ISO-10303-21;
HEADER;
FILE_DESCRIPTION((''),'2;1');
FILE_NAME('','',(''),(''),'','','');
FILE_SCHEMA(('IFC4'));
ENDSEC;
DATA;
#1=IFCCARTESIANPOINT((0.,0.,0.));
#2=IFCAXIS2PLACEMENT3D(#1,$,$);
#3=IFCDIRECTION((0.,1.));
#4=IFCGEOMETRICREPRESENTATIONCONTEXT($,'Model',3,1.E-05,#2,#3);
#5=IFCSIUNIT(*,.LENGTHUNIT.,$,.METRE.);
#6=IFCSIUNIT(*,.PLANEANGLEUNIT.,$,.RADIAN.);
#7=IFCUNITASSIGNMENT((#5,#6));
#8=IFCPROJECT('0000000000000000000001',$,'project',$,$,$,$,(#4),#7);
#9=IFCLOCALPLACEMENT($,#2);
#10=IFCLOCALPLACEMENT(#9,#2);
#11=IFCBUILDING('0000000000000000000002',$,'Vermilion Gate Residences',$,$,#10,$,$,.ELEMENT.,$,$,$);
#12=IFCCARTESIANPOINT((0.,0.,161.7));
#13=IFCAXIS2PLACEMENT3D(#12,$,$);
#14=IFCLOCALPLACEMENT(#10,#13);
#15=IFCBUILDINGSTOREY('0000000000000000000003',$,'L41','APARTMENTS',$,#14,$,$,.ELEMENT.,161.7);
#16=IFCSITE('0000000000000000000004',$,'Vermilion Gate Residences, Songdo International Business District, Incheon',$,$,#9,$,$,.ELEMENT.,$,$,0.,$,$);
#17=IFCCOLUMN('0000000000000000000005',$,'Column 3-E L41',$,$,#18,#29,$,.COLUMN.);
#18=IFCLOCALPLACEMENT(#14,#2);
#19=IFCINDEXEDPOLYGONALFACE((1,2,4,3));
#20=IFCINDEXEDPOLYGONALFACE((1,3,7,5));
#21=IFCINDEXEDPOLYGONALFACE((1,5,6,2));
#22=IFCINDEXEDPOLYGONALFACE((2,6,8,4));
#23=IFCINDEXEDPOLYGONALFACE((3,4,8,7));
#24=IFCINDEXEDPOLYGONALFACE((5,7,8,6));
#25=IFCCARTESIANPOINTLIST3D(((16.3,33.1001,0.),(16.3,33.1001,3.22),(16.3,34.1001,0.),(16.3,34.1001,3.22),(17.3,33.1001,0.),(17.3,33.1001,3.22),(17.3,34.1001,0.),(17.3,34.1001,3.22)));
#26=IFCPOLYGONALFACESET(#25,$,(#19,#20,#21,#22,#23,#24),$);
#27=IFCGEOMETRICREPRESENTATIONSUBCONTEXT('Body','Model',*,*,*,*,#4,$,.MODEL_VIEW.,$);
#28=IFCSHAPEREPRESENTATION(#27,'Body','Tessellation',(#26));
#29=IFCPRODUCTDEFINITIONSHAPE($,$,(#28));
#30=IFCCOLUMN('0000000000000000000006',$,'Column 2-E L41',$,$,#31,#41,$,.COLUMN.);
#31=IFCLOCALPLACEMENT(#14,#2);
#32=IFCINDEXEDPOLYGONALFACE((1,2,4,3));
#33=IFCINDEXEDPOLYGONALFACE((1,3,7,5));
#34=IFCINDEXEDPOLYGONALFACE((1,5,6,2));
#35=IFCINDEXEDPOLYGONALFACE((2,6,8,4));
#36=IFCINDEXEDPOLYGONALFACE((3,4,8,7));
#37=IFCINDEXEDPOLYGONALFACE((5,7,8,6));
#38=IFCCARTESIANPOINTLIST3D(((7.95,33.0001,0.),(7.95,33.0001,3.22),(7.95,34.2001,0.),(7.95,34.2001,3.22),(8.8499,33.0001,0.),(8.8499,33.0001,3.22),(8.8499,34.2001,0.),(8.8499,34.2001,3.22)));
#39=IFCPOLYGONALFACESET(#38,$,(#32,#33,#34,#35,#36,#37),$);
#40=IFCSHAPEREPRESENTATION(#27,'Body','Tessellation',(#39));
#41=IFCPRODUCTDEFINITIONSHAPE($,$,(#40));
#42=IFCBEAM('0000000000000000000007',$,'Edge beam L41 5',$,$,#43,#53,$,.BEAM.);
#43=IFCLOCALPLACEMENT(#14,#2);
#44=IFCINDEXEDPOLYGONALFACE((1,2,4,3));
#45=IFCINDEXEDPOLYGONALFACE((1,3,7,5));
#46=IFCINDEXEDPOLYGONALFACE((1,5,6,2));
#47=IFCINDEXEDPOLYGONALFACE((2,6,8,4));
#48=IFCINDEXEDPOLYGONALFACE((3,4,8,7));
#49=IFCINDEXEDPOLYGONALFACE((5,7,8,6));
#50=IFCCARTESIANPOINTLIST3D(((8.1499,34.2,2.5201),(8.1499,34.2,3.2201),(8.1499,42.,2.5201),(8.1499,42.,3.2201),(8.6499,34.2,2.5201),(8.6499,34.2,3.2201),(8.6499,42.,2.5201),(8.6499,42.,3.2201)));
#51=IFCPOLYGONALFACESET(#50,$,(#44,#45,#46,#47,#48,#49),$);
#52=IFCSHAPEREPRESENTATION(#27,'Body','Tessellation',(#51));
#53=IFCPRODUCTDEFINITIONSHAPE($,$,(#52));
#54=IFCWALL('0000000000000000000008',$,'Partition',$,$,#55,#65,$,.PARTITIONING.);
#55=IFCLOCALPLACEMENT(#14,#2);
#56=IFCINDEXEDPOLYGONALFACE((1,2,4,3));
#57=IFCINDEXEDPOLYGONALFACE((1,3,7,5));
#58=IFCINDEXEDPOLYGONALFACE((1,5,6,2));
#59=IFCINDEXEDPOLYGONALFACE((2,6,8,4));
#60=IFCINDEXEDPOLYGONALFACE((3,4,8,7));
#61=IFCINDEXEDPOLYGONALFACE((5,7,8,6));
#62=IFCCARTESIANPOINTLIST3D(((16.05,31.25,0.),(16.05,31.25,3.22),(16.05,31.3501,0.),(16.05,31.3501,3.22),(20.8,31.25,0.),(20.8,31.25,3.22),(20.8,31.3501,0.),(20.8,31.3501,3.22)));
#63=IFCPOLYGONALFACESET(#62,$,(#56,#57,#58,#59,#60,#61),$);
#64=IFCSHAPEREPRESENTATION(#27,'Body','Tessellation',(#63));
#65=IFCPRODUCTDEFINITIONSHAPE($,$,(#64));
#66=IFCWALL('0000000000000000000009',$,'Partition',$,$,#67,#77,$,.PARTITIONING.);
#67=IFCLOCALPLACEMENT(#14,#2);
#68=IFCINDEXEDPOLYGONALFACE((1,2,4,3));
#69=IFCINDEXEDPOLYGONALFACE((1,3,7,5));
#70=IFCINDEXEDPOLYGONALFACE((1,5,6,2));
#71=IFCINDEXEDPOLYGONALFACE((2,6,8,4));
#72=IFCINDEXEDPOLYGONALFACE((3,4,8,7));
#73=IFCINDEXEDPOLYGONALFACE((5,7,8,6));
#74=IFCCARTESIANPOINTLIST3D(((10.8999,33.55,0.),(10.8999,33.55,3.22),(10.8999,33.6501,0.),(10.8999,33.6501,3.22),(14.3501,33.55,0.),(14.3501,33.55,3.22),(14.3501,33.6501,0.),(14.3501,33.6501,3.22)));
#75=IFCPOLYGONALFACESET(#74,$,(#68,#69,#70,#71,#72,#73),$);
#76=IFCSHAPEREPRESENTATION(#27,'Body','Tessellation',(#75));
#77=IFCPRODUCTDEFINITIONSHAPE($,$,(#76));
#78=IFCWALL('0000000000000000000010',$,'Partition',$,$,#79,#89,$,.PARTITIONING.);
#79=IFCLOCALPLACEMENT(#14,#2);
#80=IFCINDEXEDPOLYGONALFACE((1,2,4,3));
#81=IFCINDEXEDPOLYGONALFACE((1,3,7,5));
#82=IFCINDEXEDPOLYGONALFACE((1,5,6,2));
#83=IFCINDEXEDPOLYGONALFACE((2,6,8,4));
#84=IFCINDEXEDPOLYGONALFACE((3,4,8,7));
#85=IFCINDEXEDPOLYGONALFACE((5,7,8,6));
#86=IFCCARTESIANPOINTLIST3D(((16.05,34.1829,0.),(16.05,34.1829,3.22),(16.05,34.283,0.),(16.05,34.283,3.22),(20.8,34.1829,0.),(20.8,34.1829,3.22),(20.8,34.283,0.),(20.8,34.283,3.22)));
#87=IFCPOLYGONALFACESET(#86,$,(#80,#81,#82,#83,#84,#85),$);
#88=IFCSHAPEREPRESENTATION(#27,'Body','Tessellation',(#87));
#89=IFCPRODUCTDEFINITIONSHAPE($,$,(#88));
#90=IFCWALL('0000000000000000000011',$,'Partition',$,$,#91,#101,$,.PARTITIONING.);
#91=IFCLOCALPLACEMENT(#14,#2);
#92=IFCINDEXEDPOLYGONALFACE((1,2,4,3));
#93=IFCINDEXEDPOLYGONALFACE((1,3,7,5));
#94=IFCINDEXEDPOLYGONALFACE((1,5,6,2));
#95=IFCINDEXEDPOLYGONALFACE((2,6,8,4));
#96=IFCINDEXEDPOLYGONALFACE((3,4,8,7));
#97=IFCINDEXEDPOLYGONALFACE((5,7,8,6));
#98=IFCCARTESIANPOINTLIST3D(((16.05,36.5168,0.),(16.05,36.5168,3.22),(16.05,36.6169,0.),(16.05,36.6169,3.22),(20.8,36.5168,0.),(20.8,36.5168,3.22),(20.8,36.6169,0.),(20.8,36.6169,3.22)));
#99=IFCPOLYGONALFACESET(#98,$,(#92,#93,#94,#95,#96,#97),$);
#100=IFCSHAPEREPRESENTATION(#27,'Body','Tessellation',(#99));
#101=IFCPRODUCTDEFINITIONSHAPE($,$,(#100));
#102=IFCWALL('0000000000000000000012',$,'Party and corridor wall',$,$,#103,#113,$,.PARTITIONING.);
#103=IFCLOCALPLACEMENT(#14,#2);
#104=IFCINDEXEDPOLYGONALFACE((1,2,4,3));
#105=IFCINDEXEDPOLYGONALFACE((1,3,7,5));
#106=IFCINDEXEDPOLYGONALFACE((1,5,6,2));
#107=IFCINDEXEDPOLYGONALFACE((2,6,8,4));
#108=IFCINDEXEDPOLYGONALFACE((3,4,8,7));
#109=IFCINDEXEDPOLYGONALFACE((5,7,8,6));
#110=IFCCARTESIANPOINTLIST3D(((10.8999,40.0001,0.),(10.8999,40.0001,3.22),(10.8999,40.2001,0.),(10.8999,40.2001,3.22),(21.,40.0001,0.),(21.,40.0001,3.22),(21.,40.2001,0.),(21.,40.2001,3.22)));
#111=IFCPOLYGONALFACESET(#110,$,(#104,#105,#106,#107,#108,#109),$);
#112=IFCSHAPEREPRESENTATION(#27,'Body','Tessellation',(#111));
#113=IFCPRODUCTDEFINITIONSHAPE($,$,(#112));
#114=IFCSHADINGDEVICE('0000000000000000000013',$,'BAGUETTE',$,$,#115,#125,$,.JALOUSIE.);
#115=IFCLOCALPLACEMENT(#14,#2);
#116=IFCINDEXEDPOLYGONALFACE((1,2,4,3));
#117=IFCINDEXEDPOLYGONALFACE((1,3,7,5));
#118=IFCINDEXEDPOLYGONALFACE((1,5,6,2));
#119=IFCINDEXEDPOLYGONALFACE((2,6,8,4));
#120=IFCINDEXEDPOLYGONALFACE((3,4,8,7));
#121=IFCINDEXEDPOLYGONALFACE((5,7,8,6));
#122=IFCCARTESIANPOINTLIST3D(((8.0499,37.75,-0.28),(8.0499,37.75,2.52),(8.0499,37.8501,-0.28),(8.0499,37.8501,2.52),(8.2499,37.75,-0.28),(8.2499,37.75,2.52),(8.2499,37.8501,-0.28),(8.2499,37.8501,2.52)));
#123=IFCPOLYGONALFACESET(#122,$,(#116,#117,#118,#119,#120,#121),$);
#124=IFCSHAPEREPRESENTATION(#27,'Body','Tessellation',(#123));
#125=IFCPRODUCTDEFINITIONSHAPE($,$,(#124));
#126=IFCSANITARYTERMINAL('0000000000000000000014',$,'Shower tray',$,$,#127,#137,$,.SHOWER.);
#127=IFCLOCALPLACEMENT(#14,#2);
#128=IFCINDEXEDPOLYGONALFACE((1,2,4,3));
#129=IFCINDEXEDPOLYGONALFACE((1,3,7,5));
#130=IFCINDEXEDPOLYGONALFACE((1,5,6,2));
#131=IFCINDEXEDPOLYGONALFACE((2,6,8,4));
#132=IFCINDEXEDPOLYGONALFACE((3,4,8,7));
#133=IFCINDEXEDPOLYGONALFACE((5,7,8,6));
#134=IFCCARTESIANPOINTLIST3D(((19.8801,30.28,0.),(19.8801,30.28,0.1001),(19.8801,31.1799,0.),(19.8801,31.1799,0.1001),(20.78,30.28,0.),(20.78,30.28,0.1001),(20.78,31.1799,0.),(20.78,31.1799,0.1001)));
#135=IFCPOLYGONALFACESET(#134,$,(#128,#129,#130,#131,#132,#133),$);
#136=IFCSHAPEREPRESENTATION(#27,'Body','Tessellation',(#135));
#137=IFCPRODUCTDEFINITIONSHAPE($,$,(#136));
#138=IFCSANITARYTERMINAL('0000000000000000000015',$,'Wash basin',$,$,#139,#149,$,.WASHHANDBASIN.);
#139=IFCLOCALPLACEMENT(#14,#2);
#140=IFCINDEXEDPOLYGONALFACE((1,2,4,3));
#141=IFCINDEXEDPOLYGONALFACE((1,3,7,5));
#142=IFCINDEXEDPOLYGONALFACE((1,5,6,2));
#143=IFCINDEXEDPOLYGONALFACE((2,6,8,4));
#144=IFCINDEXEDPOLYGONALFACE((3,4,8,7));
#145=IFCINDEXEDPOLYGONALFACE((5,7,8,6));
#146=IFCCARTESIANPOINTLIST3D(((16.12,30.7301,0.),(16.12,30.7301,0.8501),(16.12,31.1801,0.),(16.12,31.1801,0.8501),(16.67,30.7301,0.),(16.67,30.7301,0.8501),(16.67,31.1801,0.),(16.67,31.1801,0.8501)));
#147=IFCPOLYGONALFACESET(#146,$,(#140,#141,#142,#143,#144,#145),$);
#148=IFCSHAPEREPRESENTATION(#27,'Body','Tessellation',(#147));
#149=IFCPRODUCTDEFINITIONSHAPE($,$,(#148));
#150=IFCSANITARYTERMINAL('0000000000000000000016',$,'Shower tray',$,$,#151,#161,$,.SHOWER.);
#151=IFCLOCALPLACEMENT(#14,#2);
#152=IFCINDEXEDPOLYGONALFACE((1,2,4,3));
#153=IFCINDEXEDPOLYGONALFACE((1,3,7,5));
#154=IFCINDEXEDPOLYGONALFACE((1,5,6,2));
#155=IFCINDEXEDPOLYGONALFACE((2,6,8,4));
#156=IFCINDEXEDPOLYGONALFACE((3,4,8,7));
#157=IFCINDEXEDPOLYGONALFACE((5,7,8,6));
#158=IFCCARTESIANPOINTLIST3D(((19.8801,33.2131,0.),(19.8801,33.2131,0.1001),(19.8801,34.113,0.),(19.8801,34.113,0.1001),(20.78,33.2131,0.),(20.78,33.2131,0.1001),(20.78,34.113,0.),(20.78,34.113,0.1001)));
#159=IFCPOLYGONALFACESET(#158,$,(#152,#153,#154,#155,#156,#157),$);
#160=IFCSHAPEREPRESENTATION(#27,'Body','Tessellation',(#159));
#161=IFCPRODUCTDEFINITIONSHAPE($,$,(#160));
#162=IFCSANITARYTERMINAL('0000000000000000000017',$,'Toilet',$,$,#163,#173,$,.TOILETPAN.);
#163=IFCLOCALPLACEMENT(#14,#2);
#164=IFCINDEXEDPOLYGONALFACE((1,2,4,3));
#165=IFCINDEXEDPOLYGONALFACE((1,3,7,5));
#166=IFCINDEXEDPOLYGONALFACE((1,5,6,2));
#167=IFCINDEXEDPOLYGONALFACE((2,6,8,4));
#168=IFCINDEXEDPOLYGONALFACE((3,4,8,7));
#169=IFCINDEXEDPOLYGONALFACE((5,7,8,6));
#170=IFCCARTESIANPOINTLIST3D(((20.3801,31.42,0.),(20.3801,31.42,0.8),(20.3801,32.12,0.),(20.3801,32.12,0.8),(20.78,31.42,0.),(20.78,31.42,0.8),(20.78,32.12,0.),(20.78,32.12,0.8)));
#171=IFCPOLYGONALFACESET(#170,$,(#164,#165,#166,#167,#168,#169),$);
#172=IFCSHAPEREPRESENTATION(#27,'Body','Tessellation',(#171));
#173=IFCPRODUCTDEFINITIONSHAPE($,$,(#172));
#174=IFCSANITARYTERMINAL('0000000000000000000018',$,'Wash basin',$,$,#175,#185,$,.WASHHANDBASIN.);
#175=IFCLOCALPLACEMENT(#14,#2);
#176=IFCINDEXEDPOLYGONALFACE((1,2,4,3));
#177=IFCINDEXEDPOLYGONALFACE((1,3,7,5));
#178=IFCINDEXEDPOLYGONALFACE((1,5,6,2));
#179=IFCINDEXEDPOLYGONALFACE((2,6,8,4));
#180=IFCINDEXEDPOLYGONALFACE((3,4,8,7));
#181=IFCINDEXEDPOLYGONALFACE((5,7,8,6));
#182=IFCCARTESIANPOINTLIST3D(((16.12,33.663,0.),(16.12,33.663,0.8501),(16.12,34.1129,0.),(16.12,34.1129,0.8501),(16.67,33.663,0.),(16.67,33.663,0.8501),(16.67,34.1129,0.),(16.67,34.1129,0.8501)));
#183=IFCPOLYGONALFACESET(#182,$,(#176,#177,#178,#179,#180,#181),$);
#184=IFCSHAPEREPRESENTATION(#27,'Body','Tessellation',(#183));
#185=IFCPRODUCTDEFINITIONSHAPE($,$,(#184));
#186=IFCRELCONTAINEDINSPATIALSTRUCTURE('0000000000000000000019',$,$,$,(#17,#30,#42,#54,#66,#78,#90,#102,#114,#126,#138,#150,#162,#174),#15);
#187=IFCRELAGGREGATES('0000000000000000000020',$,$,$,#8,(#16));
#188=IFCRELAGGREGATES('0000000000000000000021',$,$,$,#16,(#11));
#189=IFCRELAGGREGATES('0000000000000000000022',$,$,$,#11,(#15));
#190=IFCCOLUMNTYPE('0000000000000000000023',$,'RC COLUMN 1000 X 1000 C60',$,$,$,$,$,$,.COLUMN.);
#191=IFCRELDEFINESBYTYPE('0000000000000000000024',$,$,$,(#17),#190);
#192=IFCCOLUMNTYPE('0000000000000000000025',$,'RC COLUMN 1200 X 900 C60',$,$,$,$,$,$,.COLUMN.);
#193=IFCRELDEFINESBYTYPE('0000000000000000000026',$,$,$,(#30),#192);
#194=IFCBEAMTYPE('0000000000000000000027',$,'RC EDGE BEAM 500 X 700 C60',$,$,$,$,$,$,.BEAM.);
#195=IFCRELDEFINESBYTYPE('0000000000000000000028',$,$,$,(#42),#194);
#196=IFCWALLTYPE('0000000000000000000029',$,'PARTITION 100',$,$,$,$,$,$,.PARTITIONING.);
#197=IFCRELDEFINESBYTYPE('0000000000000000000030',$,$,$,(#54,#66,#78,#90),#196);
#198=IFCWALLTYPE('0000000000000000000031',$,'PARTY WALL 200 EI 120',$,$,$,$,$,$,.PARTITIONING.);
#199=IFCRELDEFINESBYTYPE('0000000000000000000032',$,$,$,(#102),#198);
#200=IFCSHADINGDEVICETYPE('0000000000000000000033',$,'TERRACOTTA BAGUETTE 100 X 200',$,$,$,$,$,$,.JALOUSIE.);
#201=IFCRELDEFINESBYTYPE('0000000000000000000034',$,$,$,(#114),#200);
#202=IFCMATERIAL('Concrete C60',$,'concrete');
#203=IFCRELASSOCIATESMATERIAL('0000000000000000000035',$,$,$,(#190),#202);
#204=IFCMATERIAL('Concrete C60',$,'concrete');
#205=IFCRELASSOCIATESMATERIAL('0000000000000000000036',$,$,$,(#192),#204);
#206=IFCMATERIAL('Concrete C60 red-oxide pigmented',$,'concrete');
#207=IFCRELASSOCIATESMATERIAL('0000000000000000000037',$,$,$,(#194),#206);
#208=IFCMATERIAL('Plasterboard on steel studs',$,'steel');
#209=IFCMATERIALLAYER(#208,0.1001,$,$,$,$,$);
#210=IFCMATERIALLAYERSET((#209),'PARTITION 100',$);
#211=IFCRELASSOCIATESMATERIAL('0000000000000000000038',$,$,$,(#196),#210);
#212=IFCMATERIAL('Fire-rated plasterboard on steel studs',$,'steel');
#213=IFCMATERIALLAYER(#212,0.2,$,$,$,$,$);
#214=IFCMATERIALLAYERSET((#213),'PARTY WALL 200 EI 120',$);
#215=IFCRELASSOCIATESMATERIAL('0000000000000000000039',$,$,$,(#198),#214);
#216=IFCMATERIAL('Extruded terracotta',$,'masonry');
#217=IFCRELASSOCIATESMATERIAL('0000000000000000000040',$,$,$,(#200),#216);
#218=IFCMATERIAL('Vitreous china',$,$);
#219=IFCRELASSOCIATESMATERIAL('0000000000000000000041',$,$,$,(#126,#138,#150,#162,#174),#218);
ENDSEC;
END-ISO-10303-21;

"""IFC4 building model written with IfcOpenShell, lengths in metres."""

from ifc_helpers import new_model, si_unit, direction, frame, frame_2d, origin, origin_2d, place, context, subcontext, project, spatial, rectangle, extrude, material, layer, layer_set, material_profile, profile_set, type_object, element, save


model = new_model("IFC4")

# Units and contexts
model_context = context("Model", 3, precision=1e-05, world=origin(), true_north=direction((0.0, 1.0)))
body_context = subcontext(model_context, "Body", "Model", "MODEL_VIEW")
ifc_project = project(units=[si_unit("LENGTHUNIT", "METRE"), si_unit("PLANEANGLEUNIT", "RADIAN")], contexts=[model_context])

# Site, building, storey
site_placement = place(None, origin())
site = spatial("IfcSite", under=ifc_project, at=site_placement, Name="Vermilion Gate Residences, Songdo International Business District, Incheon", CompositionType="ELEMENT", RefElevation=0.0)
building_placement = place(site_placement, origin())
building = spatial("IfcBuilding", under=site, at=building_placement, Name="Vermilion Gate Residences", CompositionType="ELEMENT")
storey_placement = place(building_placement, frame((0.0, 0.0, 161.7)))
storey = spatial("IfcBuildingStorey", under=building, at=storey_placement, Name="L41", Description="APARTMENTS", CompositionType="ELEMENT", Elevation=161.7)

# Columns
ifc_material_1 = material(Name="Concrete C60", Category="concrete")
ifc_material_profile_1 = material_profile(ifc_material_1, rectangle(XDim=1.0, YDim=1.0, at=origin_2d()), Name="RC-1000x1000")
ifc_profile_set_1 = profile_set([ifc_material_profile_1], Name="Concrete C60")
column_type_1 = type_object("IfcColumnType", Name="RC COLUMN 1000 X 1000 C60", PredefinedType="COLUMN", material=ifc_profile_set_1)
column_1_placement = place(storey_placement, frame((16.8, 33.6001, 0.0), z_axis=(0.0, 0.0, 1.0), x_axis=(1.0, 0.0, 0.0)))
element("IfcColumn", 1, at=column_1_placement, inside=storey, type_object=column_type_1, Name="Column 3-E L41", PredefinedType="COLUMN", context=body_context, shape_type="SweptSolid", body=[
    extrude(rectangle(XDim=1.0, YDim=1.0, at=origin_2d()), origin(), (0.0, 0.0, 1.0), 3.22),
])
ifc_material_2 = material(Name="Concrete C60", Category="concrete")
ifc_material_profile_2 = material_profile(ifc_material_2, rectangle(XDim=1.2, YDim=0.8999, at=origin_2d()), Name="RC-1200x900")
ifc_profile_set_2 = profile_set([ifc_material_profile_2], Name="Concrete C60")
column_type_2 = type_object("IfcColumnType", Name="RC COLUMN 1200 X 900 C60", PredefinedType="COLUMN", material=ifc_profile_set_2)
column_2_placement = place(storey_placement, frame((8.3999, 33.6001, 0.0), z_axis=(0.0, 0.0, 1.0), x_axis=(0.0, 1.0, 0.0)))
element("IfcColumn", 2, at=column_2_placement, inside=storey, type_object=column_type_2, Name="Column 2-E L41", PredefinedType="COLUMN", context=body_context, shape_type="SweptSolid", body=[
    extrude(rectangle(XDim=1.2, YDim=0.8999, at=origin_2d()), origin(), (0.0, 0.0, 1.0), 3.22),
])

# Beam
ifc_material_3 = material(Name="Concrete C60 red-oxide pigmented", Category="concrete")
ifc_material_profile_3 = material_profile(ifc_material_3, rectangle(XDim=0.5, YDim=0.7, at=origin_2d()), Name="RC-500x700")
ifc_profile_set_3 = profile_set([ifc_material_profile_3], Name="Concrete C60 red-oxide pigmented")
beam_type = type_object("IfcBeamType", Name="RC EDGE BEAM 500 X 700 C60", PredefinedType="BEAM", material=ifc_profile_set_3)
beam_placement = place(storey_placement, frame((8.3999, 34.2, 2.8701), z_axis=(0.0, 1.0, 0.0), x_axis=(-1.0, 0.0, 0.0)))
element("IfcBeam", 3, at=beam_placement, inside=storey, type_object=beam_type, Name="Edge beam L41 5", PredefinedType="BEAM", context=body_context, shape_type="SweptSolid", body=[
    extrude(rectangle(XDim=0.5, YDim=0.7, at=origin_2d()), origin(), (0.0, 0.0, 1.0), 7.8),
])

# Walls
ifc_material_4 = material(Name="Plasterboard on steel studs", Category="steel")
ifc_layer_1 = layer(ifc_material_4, 0.1001)
ifc_layer_set_1 = layer_set([ifc_layer_1], Name="PARTITION 100")
wall_type_1 = type_object("IfcWallType", Name="PARTITION 100", PredefinedType="PARTITIONING", material=ifc_layer_set_1)
wall_1_placement = place(storey_placement, frame((16.05, 31.3, 0.0), z_axis=(0.0, 0.0, 1.0), x_axis=(1.0, 0.0, 0.0)))
element("IfcWall", 4, at=wall_1_placement, inside=storey, type_object=wall_type_1, Name="Partition", PredefinedType="PARTITIONING", context=body_context, shape_type="SweptSolid", body=[
    extrude(rectangle(XDim=4.75, YDim=0.1001, at=frame_2d((2.375, 0.0))), origin(), (0.0, 0.0, 1.0), 3.22),
])
wall_2_placement = place(storey_placement, frame((10.8999, 33.6001, 0.0), z_axis=(0.0, 0.0, 1.0), x_axis=(1.0, 0.0, 0.0)))
element("IfcWall", 5, at=wall_2_placement, inside=storey, type_object=wall_type_1, Name="Partition", PredefinedType="PARTITIONING", context=body_context, shape_type="SweptSolid", body=[
    extrude(rectangle(XDim=3.4502, YDim=0.1001, at=frame_2d((1.7251, 0.0))), origin(), (0.0, 0.0, 1.0), 3.22),
])
for number, where, z_axis, x_axis, name in (
    (6, (16.05, 34.2329, 0.0), (0.0, 0.0, 1.0), (1.0, 0.0, 0.0), "Partition"),
    (7, (16.05, 36.5669, 0.0), (0.0, 0.0, 1.0), (1.0, 0.0, 0.0), "Partition"),
):
    element("IfcWall", number, at=place(storey_placement, frame(where, z_axis=z_axis, x_axis=x_axis)), inside=storey, type_object=wall_type_1, Name=name, PredefinedType="PARTITIONING", context=body_context, shape_type="SweptSolid", body=[
        extrude(rectangle(XDim=4.75, YDim=0.1001, at=frame_2d((2.375, 0.0))), origin(), (0.0, 0.0, 1.0), 3.22),
    ])
ifc_material_5 = material(Name="Fire-rated plasterboard on steel studs", Category="steel")
ifc_layer_2 = layer(ifc_material_5, 0.2)
ifc_layer_set_2 = layer_set([ifc_layer_2], Name="PARTY WALL 200 EI 120")
wall_type_2 = type_object("IfcWallType", Name="PARTY WALL 200 EI 120", PredefinedType="PARTITIONING", material=ifc_layer_set_2)
wall_3_placement = place(storey_placement, frame((10.8999, 40.1001, 0.0), z_axis=(0.0, 0.0, 1.0), x_axis=(1.0, 0.0, 0.0)))
element("IfcWall", 8, at=wall_3_placement, inside=storey, type_object=wall_type_2, Name="Party and corridor wall", PredefinedType="PARTITIONING", context=body_context, shape_type="SweptSolid", body=[
    extrude(rectangle(XDim=10.1001, YDim=0.2, at=frame_2d((5.05, 0.0))), origin(), (0.0, 0.0, 1.0), 3.22),
])

# Shading device
ifc_material_6 = material(Name="Extruded terracotta", Category="masonry")
ifc_material_profile_4 = material_profile(ifc_material_6, rectangle(XDim=0.2, YDim=0.1001, at=origin_2d()), Name="BAGUETTE 100 X 200")
ifc_profile_set_4 = profile_set([ifc_material_profile_4], Name="Extruded terracotta")
shading_device_type = type_object("IfcShadingDeviceType", Name="TERRACOTTA BAGUETTE 100 X 200", PredefinedType="JALOUSIE", material=ifc_profile_set_4)
shading_device_placement = place(storey_placement, frame((8.1499, 37.8, -0.28), z_axis=(0.0, 0.0, 1.0), x_axis=(1.0, 0.0, 0.0)))
element("IfcShadingDevice", 9, at=shading_device_placement, inside=storey, type_object=shading_device_type, Name="BAGUETTE", PredefinedType="JALOUSIE", context=body_context, shape_type="SweptSolid", body=[
    extrude(rectangle(XDim=0.2, YDim=0.1001, at=origin_2d()), origin(), (0.0, 0.0, 1.0), 2.8),
])

# Sanitary terminals
ifc_material_7 = material(Name="Vitreous china")
sanitary_terminal_1_placement = place(storey_placement, frame((20.3301, 30.73, 0.0), z_axis=(0.0, 0.0, 1.0), x_axis=(1.0, 0.0, 0.0)))
element("IfcSanitaryTerminal", 10, at=sanitary_terminal_1_placement, inside=storey, material=ifc_material_7, Name="Shower tray", PredefinedType="SHOWER", context=body_context, shape_type="SweptSolid", body=[
    extrude(rectangle(XDim=0.8999, YDim=0.8999, at=origin_2d()), origin(), (0.0, 0.0, 1.0), 0.1001),
])
sanitary_terminal_2_placement = place(storey_placement, frame((16.395, 30.9551, 0.0), z_axis=(0.0, 0.0, 1.0), x_axis=(1.0, 0.0, 0.0)))
element("IfcSanitaryTerminal", 11, at=sanitary_terminal_2_placement, inside=storey, material=ifc_material_7, Name="Wash basin", PredefinedType="WASHHANDBASIN", context=body_context, shape_type="SweptSolid", body=[
    extrude(rectangle(XDim=0.55, YDim=0.45, at=origin_2d()), origin(), (0.0, 0.0, 1.0), 0.8501),
])
sanitary_terminal_3_placement = place(storey_placement, frame((20.3301, 33.6631, 0.0), z_axis=(0.0, 0.0, 1.0), x_axis=(1.0, 0.0, 0.0)))
element("IfcSanitaryTerminal", 12, at=sanitary_terminal_3_placement, inside=storey, material=ifc_material_7, Name="Shower tray", PredefinedType="SHOWER", context=body_context, shape_type="SweptSolid", body=[
    extrude(rectangle(XDim=0.8999, YDim=0.8999, at=origin_2d()), origin(), (0.0, 0.0, 1.0), 0.1001),
])
sanitary_terminal_4_placement = place(storey_placement, frame((20.5801, 31.77, 0.0), z_axis=(0.0, 0.0, 1.0), x_axis=(1.0, 0.0, 0.0)))
element("IfcSanitaryTerminal", 13, at=sanitary_terminal_4_placement, inside=storey, material=ifc_material_7, Name="Toilet", PredefinedType="TOILETPAN", context=body_context, shape_type="SweptSolid", body=[
    extrude(rectangle(XDim=0.3999, YDim=0.7, at=origin_2d()), origin(), (0.0, 0.0, 1.0), 0.8),
])
sanitary_terminal_5_placement = place(storey_placement, frame((16.395, 33.8879, 0.0), z_axis=(0.0, 0.0, 1.0), x_axis=(1.0, 0.0, 0.0)))
element("IfcSanitaryTerminal", 14, at=sanitary_terminal_5_placement, inside=storey, material=ifc_material_7, Name="Wash basin", PredefinedType="WASHHANDBASIN", context=body_context, shape_type="SweptSolid", body=[
    extrude(rectangle(XDim=0.55, YDim=0.45, at=origin_2d()), origin(), (0.0, 0.0, 1.0), 0.8501),
])

save(model, "model.ifc")
